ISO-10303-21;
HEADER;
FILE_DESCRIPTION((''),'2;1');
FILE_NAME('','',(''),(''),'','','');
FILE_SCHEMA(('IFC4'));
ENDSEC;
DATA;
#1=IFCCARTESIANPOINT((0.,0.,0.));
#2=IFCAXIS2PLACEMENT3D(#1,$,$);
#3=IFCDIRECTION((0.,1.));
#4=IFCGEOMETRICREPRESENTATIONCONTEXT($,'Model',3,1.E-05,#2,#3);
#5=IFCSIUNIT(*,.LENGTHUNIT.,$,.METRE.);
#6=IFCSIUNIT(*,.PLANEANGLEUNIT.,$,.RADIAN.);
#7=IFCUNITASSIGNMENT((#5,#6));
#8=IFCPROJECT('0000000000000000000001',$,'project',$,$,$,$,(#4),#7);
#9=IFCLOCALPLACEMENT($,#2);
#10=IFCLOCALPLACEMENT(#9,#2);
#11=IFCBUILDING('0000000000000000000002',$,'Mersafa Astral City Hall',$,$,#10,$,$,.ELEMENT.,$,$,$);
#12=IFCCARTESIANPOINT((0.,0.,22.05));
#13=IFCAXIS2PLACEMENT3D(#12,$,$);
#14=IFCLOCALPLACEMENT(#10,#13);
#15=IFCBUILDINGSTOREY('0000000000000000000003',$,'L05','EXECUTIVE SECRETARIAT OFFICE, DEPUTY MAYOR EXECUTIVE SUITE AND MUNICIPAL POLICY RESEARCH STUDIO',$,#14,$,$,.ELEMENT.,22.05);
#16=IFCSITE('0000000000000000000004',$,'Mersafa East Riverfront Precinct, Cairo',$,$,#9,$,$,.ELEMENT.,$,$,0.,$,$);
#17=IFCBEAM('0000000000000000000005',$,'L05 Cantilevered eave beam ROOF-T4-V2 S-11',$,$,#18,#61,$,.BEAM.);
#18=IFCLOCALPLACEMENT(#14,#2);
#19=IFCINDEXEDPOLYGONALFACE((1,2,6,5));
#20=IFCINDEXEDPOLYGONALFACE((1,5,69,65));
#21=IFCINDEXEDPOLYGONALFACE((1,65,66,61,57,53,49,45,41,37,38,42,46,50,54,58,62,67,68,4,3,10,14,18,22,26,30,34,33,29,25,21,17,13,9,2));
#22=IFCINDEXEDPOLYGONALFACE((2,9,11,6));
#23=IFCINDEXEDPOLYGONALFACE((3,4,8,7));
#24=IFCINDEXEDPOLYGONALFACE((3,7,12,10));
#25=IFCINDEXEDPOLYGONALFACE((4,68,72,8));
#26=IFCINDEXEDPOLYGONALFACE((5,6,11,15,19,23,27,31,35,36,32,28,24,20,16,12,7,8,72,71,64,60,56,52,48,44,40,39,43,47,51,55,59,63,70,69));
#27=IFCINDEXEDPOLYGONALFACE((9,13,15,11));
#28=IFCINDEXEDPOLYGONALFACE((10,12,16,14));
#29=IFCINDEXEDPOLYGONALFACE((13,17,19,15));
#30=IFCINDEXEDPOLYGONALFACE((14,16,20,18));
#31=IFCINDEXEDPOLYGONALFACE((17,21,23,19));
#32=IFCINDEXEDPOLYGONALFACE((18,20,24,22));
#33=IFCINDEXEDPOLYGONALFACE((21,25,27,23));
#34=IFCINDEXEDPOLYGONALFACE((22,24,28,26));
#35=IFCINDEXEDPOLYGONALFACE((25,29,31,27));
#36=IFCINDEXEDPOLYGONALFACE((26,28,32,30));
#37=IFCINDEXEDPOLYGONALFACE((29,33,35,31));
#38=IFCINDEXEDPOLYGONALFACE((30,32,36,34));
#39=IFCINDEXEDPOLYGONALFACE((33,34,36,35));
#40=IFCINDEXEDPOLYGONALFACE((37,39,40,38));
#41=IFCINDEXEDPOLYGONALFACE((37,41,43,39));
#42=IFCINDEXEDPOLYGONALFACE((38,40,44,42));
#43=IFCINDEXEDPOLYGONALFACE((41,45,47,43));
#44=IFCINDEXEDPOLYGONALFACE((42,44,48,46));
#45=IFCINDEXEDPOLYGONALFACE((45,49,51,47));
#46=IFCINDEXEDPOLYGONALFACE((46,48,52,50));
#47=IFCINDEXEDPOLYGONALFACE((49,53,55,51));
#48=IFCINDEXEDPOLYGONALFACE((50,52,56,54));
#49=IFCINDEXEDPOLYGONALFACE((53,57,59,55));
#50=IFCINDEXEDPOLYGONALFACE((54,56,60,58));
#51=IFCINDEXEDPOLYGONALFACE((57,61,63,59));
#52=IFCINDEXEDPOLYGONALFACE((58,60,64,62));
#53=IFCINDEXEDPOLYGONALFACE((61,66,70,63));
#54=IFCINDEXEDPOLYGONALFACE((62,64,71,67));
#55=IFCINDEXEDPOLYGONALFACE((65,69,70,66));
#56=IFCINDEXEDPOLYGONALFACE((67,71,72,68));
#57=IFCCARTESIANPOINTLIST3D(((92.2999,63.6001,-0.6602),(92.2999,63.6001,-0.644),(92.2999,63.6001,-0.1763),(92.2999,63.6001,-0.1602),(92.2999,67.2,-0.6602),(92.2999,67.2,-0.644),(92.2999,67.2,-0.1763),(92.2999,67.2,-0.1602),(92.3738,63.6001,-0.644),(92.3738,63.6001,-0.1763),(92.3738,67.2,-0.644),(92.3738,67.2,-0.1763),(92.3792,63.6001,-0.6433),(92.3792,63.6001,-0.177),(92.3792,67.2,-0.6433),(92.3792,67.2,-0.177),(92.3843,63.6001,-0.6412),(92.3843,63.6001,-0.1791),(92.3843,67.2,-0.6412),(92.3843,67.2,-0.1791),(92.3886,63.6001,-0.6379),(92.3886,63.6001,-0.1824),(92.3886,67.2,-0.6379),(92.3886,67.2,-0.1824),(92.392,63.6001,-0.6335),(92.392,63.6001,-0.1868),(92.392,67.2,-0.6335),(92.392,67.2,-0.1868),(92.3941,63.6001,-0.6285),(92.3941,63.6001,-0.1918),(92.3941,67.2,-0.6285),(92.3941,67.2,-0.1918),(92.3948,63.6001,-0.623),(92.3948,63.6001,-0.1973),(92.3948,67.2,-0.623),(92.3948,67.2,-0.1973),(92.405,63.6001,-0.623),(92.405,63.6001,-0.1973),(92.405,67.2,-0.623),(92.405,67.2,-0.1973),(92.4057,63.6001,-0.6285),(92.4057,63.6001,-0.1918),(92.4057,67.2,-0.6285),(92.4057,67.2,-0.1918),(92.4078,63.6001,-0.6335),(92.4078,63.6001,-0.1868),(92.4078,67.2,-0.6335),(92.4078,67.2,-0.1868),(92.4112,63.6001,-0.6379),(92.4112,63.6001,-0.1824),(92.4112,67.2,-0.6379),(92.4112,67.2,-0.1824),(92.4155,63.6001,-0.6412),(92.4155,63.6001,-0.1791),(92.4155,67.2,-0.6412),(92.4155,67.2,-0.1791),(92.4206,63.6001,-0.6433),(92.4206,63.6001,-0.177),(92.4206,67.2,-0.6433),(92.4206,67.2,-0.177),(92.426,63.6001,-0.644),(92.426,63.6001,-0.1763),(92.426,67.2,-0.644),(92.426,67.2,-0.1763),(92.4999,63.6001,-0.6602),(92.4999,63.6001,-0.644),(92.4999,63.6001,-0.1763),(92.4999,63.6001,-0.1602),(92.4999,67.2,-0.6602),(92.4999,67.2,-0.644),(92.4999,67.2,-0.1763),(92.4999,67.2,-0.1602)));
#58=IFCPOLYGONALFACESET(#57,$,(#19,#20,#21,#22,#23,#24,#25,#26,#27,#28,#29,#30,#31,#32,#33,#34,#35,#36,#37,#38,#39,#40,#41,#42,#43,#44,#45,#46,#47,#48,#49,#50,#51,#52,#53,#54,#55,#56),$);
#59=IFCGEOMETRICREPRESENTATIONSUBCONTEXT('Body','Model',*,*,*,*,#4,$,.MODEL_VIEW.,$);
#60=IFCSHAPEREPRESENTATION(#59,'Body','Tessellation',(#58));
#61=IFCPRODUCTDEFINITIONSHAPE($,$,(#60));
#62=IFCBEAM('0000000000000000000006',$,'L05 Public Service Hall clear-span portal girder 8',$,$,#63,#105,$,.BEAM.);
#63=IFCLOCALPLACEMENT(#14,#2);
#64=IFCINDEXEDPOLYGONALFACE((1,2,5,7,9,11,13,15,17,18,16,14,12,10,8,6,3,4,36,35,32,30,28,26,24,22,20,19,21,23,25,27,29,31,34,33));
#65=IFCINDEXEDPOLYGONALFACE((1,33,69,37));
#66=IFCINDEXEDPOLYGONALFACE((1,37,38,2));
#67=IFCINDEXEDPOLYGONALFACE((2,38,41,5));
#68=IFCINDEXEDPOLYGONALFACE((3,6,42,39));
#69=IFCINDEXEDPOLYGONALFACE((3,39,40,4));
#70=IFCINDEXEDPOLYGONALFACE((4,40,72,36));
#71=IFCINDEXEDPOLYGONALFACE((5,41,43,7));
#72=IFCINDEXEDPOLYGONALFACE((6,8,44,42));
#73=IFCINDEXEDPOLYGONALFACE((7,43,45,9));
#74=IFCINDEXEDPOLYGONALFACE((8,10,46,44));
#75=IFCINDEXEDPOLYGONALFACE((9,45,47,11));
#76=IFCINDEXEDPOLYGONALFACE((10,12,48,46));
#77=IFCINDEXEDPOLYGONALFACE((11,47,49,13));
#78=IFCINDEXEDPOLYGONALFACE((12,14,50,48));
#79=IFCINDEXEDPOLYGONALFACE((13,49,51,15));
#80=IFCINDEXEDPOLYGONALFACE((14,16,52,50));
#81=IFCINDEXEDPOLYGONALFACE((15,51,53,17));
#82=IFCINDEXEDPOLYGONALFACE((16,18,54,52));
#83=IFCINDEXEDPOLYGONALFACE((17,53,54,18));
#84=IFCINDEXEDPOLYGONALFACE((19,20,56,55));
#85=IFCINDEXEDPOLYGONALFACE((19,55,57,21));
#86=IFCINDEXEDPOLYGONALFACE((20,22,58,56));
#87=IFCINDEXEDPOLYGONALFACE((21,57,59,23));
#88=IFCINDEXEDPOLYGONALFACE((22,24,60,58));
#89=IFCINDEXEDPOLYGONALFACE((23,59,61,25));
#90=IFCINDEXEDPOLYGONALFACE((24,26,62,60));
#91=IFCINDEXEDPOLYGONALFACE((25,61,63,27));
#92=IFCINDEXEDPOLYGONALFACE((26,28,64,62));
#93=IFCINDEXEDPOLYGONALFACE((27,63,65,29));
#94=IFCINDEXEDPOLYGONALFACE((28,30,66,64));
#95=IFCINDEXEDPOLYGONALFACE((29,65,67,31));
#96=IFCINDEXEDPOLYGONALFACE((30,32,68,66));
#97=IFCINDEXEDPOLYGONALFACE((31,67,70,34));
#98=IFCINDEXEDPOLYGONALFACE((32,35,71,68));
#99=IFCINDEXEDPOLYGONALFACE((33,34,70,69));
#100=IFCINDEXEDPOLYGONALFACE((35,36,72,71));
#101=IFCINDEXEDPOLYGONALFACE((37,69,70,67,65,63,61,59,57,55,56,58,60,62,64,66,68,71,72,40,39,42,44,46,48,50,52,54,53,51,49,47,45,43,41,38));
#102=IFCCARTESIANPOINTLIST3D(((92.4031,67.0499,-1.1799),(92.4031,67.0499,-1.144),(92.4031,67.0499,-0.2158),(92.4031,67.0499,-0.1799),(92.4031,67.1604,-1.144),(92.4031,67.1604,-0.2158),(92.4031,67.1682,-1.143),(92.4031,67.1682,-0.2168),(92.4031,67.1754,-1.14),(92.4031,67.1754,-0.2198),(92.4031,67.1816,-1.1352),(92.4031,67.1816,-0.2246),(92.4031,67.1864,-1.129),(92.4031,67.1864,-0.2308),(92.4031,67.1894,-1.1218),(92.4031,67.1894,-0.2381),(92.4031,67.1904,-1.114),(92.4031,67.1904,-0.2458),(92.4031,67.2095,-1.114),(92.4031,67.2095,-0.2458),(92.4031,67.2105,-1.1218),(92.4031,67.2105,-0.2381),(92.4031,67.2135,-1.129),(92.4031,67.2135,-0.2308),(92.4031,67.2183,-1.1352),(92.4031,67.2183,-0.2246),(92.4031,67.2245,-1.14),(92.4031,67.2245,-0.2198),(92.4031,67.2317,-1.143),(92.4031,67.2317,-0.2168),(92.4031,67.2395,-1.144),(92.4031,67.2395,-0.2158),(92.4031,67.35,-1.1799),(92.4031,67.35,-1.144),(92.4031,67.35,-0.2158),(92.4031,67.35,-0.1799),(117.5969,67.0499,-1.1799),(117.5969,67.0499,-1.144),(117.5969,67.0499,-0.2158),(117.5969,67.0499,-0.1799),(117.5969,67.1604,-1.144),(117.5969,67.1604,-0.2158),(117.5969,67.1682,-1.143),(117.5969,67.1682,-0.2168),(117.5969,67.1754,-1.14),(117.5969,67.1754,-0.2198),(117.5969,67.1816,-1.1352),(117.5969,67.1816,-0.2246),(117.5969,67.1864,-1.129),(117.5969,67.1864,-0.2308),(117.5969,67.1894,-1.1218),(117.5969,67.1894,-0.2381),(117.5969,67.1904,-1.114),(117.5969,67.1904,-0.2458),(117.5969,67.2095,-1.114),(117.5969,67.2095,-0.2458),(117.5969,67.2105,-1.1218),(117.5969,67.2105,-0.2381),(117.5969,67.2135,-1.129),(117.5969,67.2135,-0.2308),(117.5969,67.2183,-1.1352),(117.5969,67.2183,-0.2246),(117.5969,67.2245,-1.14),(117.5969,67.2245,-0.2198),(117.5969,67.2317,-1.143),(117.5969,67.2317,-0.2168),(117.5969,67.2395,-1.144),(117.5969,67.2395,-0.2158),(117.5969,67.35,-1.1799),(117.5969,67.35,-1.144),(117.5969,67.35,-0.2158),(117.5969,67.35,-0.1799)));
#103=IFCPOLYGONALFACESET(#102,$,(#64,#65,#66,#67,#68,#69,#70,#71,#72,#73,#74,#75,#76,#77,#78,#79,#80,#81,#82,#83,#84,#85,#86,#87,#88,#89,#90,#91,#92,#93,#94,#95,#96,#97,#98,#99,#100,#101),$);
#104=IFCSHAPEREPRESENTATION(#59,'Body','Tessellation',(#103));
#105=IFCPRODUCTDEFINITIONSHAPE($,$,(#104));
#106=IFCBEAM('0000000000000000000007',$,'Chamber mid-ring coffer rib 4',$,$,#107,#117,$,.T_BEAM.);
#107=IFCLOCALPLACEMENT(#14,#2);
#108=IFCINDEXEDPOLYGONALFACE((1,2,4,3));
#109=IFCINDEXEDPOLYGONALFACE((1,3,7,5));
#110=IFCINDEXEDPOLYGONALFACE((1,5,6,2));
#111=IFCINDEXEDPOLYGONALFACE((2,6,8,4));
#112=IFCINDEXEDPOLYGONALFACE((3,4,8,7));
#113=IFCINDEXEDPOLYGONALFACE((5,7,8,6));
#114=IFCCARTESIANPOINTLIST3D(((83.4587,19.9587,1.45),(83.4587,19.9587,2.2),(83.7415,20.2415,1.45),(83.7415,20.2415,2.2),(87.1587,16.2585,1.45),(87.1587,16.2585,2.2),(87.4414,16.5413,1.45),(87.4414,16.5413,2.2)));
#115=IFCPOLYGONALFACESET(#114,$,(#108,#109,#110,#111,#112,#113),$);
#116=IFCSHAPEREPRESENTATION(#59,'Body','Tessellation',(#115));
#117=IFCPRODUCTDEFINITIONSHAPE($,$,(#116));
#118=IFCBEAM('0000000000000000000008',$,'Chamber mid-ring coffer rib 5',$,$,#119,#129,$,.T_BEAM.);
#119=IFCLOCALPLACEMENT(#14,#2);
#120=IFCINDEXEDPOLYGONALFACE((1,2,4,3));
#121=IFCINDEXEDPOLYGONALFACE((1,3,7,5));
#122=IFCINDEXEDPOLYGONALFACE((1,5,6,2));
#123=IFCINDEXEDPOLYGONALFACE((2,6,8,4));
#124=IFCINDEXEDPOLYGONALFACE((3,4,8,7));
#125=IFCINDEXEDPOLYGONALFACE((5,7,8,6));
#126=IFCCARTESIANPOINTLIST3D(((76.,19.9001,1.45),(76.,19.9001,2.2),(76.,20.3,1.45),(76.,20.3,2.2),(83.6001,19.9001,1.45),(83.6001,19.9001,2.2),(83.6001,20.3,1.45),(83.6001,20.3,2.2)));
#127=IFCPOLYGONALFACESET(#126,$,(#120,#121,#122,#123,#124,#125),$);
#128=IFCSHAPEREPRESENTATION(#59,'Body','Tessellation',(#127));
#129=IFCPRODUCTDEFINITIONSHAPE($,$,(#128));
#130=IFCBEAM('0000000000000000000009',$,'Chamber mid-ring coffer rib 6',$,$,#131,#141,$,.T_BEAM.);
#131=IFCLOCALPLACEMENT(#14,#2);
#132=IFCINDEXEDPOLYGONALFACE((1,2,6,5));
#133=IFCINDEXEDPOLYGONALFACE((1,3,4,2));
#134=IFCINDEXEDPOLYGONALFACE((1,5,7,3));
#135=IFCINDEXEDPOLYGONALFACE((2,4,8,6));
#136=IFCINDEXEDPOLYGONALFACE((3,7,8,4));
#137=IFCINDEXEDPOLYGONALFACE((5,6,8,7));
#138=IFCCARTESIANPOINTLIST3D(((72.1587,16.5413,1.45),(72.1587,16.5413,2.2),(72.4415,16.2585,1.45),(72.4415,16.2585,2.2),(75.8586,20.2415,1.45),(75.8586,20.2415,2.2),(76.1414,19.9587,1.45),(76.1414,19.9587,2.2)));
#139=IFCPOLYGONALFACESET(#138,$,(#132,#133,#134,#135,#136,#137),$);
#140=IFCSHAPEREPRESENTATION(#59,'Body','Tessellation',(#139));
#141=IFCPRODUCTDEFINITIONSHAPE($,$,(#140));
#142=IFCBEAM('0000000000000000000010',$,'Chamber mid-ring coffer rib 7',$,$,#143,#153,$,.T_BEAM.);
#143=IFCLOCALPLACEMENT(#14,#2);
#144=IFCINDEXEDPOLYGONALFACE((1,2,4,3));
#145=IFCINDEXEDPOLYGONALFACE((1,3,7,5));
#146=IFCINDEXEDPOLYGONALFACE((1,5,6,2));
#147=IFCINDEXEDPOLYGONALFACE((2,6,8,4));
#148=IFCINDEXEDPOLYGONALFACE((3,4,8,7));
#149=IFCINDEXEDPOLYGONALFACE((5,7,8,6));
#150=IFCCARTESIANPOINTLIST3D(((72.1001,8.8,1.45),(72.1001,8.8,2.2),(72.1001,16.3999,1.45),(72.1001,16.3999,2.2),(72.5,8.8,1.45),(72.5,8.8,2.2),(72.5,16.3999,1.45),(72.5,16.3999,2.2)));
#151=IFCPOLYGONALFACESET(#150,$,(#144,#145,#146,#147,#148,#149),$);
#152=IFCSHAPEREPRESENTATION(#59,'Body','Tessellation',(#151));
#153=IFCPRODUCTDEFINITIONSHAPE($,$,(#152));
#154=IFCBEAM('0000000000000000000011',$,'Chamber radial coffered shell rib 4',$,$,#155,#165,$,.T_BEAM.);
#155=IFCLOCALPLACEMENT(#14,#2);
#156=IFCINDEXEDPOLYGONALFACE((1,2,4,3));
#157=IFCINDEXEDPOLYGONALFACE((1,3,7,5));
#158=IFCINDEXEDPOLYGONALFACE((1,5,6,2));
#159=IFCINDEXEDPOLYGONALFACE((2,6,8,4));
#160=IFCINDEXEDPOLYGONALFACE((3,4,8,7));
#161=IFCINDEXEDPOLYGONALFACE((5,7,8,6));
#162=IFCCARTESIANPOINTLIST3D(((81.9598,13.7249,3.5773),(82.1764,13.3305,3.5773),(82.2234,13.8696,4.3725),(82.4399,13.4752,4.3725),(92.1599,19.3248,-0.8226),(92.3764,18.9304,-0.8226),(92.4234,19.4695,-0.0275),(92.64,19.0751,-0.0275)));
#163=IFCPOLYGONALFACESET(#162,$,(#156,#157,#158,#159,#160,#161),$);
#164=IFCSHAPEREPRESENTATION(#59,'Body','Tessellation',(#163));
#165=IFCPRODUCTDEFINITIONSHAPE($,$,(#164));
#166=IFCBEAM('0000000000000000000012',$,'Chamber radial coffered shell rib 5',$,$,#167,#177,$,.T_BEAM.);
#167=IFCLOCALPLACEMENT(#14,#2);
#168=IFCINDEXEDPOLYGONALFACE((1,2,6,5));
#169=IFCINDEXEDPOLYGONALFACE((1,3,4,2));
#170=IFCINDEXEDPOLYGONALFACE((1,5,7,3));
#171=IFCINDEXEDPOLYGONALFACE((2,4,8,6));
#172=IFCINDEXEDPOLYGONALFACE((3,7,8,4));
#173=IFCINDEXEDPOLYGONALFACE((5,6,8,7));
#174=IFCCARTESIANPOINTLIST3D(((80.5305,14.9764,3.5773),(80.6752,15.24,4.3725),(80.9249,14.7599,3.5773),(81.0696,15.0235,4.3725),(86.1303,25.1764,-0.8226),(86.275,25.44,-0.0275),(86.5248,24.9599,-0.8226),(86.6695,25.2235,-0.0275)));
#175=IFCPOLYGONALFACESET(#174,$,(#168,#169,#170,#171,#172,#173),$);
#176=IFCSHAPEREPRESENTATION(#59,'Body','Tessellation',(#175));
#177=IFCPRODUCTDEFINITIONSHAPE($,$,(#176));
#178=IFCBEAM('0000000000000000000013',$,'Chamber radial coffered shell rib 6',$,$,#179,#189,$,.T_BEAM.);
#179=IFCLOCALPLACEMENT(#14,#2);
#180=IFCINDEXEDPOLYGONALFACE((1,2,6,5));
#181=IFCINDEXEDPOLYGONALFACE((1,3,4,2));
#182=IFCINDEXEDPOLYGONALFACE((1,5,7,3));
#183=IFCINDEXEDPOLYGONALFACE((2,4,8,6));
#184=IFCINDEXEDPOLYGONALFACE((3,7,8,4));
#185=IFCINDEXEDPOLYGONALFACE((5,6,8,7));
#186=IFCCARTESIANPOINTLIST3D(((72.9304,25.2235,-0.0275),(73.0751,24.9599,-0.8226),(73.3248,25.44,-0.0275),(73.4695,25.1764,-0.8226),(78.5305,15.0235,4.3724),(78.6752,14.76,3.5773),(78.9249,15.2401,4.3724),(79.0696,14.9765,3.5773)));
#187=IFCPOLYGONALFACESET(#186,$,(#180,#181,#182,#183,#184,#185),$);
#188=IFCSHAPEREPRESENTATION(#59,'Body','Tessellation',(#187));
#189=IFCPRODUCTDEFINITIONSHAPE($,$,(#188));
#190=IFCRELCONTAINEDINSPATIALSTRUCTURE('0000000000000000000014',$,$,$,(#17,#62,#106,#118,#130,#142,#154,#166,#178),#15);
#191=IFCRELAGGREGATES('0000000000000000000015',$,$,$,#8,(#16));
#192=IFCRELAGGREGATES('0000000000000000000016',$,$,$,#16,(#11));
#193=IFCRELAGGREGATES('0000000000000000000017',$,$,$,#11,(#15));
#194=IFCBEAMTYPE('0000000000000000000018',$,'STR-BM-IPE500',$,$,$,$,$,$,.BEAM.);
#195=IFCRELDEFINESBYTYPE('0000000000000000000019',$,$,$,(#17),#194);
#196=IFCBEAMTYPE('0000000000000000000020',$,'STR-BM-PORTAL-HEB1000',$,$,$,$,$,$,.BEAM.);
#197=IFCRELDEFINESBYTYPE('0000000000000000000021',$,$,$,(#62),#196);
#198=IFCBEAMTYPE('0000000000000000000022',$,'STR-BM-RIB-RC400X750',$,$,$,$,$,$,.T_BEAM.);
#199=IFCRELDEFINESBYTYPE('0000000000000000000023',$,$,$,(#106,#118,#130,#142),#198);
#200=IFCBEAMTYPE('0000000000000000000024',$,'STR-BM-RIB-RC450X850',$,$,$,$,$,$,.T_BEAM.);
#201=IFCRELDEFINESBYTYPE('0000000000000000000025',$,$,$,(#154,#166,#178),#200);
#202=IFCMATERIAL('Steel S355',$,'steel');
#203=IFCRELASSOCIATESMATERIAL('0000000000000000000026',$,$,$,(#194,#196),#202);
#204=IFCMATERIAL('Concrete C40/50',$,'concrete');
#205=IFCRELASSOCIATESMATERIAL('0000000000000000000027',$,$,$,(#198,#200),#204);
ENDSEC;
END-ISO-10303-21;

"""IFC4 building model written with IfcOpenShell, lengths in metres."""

from ifc_helpers import new_model, si_unit, direction, frame, origin, origin_2d, place, context, subcontext, project, spatial, rectangle, i_section, extrude, material, material_profile, profile_set, type_object, element, save


model = new_model("IFC4")

# Units and contexts
model_context = context("Model", 3, precision=1e-05, world=origin(), true_north=direction((0.0, 1.0)))
body_context = subcontext(model_context, "Body", "Model", "MODEL_VIEW")
ifc_project = project(units=[si_unit("LENGTHUNIT", "METRE"), si_unit("PLANEANGLEUNIT", "RADIAN")], contexts=[model_context])

# Site, building, storey
site_placement = place(None, origin())
site = spatial("IfcSite", under=ifc_project, at=site_placement, Name="Mersafa East Riverfront Precinct, Cairo", CompositionType="ELEMENT", RefElevation=0.0)
building_placement = place(site_placement, origin())
building = spatial("IfcBuilding", under=site, at=building_placement, Name="Mersafa Astral City Hall", CompositionType="ELEMENT")
storey_placement = place(building_placement, frame((0.0, 0.0, 22.05)))
storey = spatial("IfcBuildingStorey", under=building, at=storey_placement, Name="L05", Description="EXECUTIVE SECRETARIAT OFFICE, DEPUTY MAYOR EXECUTIVE SUITE AND MUNICIPAL POLICY RESEARCH STUDIO", CompositionType="ELEMENT", Elevation=22.05)

# Beams
ifc_material_1 = material(Name="Steel S355", Category="steel")
ifc_material_profile_1 = material_profile(ifc_material_1, i_section(OverallWidth=0.2, OverallDepth=0.5, WebThickness=0.0103, FlangeThickness=0.0161, FilletRadius=0.021, at=origin_2d()), Name="IPE 500")
ifc_profile_set_1 = profile_set([ifc_material_profile_1], Name="Steel S355")
beam_type_1 = type_object("IfcBeamType", Name="STR-BM-IPE500", PredefinedType="BEAM", material=ifc_profile_set_1)
beam_1_placement = place(storey_placement, frame((92.3999, 67.2, -0.4102), z_axis=(0.0, -1.0, 0.0), x_axis=(1.0, 0.0, 0.0)))
element("IfcBeam", 1, at=beam_1_placement, inside=storey, type_object=beam_type_1, Name="L05 Cantilevered eave beam ROOF-T4-V2 S-11", PredefinedType="BEAM", context=body_context, shape_type="SweptSolid", body=[
    extrude(i_section(OverallWidth=0.2, OverallDepth=0.5, WebThickness=0.0103, FlangeThickness=0.0161, FilletRadius=0.021, at=origin_2d()), origin(), (0.0, 0.0, 1.0), 3.5999),
])
ifc_material_profile_2 = material_profile(ifc_material_1, i_section(OverallWidth=0.3, OverallDepth=1.0, WebThickness=0.019, FlangeThickness=0.0359, FilletRadius=0.03, at=origin_2d()), Name="HEB 1000")
ifc_profile_set_2 = profile_set([ifc_material_profile_2], Name="Steel S355")
beam_type_2 = type_object("IfcBeamType", Name="STR-BM-PORTAL-HEB1000", PredefinedType="BEAM", material=ifc_profile_set_2)
beam_2_placement = place(storey_placement, frame((92.4031, 67.2, -0.6799), z_axis=(1.0, 0.0, 0.0), x_axis=(0.0, 1.0, 0.0)))
element("IfcBeam", 2, at=beam_2_placement, inside=storey, type_object=beam_type_2, Name="L05 Public Service Hall clear-span portal girder 8", PredefinedType="BEAM", context=body_context, shape_type="SweptSolid", body=[
    extrude(i_section(OverallWidth=0.3, OverallDepth=1.0, WebThickness=0.019, FlangeThickness=0.0359, FilletRadius=0.03, at=origin_2d()), origin(), (0.0, 0.0, 1.0), 25.1938),
])
ifc_material_2 = material(Name="Concrete C40/50", Category="concrete")
ifc_material_profile_3 = material_profile(ifc_material_2, rectangle(XDim=0.3999, YDim=0.75, at=origin_2d()), Name="RC 400x750")
ifc_profile_set_3 = profile_set([ifc_material_profile_3], Name="Concrete C40/50")
beam_type_3 = type_object("IfcBeamType", Name="STR-BM-RIB-RC400X750", PredefinedType="T_BEAM", material=ifc_profile_set_3)
beam_3_placement = place(storey_placement, frame((87.3, 16.3999, 1.825), z_axis=(-0.707083, 0.70713, 0.0), x_axis=(-0.70713, -0.707083, 0.0)))
element("IfcBeam", 3, at=beam_3_placement, inside=storey, type_object=beam_type_3, Name="Chamber mid-ring coffer rib 4", PredefinedType="T_BEAM", context=body_context, shape_type="SweptSolid", body=[
    extrude(rectangle(XDim=0.3999, YDim=0.75, at=origin_2d()), origin(), (0.0, 0.0, 1.0), 5.2327),
])
beam_4_placement = place(storey_placement, frame((83.6001, 20.1001, 1.825), z_axis=(-1.0, 0.0, 0.0), x_axis=(0.0, -1.0, 0.0)))
element("IfcBeam", 4, at=beam_4_placement, inside=storey, type_object=beam_type_3, Name="Chamber mid-ring coffer rib 5", PredefinedType="T_BEAM", context=body_context, shape_type="SweptSolid", body=[
    extrude(rectangle(XDim=0.3999, YDim=0.75, at=origin_2d()), origin(), (0.0, 0.0, 1.0), 7.6001),
])
beam_5_placement = place(storey_placement, frame((76.0, 20.1001, 1.825), z_axis=(-0.707083, -0.70713, 0.0), x_axis=(0.70713, -0.707083, 0.0)))
element("IfcBeam", 5, at=beam_5_placement, inside=storey, type_object=beam_type_3, Name="Chamber mid-ring coffer rib 6", PredefinedType="T_BEAM", context=body_context, shape_type="SweptSolid", body=[
    extrude(rectangle(XDim=0.3999, YDim=0.75, at=origin_2d()), origin(), (0.0, 0.0, 1.0), 5.2327),
])
beam_6_placement = place(storey_placement, frame((72.3, 16.3999, 1.825), z_axis=(0.0, -1.0, 0.0), x_axis=(1.0, 0.0, 0.0)))
element("IfcBeam", 6, at=beam_6_placement, inside=storey, type_object=beam_type_3, Name="Chamber mid-ring coffer rib 7", PredefinedType="T_BEAM", context=body_context, shape_type="SweptSolid", body=[
    extrude(rectangle(XDim=0.3999, YDim=0.75, at=origin_2d()), origin(), (0.0, 0.0, 1.0), 7.5999),
])
ifc_material_profile_4 = material_profile(ifc_material_2, rectangle(XDim=0.45, YDim=0.8501, at=origin_2d()), Name="RC 450x850")
ifc_profile_set_4 = profile_set([ifc_material_profile_4], Name="Concrete C40/50")
beam_type_4 = type_object("IfcBeamType", Name="STR-BM-RIB-RC450X850", PredefinedType="T_BEAM", material=ifc_profile_set_4)
for number, where, z_axis, x_axis, name in (
    (7, (92.3999, 19.2, -0.425), (-0.819924, -0.450145, 0.353687), (0.481251, -0.876583, 0.0), "Chamber radial coffered shell rib 4"),
    (8, (86.3999, 25.2, -0.425), (-0.450145, -0.819924, 0.353687), (0.876583, -0.481251, 0.0), "Chamber radial coffered shell rib 5"),
    (9, (73.2, 25.2, -0.425), (0.45016, -0.819917, 0.353683), (0.876574, 0.481267, 0.0), "Chamber radial coffered shell rib 6"),
):
    element("IfcBeam", number, at=place(storey_placement, frame(where, z_axis=z_axis, x_axis=x_axis)), inside=storey, type_object=beam_type_4, Name=name, PredefinedType="T_BEAM", context=body_context, shape_type="SweptSolid", body=[
        extrude(rectangle(XDim=0.45, YDim=0.8501, at=origin_2d()), origin(), (0.0, 0.0, 1.0), 12.4402),
    ])

save(model, "model.ifc")
